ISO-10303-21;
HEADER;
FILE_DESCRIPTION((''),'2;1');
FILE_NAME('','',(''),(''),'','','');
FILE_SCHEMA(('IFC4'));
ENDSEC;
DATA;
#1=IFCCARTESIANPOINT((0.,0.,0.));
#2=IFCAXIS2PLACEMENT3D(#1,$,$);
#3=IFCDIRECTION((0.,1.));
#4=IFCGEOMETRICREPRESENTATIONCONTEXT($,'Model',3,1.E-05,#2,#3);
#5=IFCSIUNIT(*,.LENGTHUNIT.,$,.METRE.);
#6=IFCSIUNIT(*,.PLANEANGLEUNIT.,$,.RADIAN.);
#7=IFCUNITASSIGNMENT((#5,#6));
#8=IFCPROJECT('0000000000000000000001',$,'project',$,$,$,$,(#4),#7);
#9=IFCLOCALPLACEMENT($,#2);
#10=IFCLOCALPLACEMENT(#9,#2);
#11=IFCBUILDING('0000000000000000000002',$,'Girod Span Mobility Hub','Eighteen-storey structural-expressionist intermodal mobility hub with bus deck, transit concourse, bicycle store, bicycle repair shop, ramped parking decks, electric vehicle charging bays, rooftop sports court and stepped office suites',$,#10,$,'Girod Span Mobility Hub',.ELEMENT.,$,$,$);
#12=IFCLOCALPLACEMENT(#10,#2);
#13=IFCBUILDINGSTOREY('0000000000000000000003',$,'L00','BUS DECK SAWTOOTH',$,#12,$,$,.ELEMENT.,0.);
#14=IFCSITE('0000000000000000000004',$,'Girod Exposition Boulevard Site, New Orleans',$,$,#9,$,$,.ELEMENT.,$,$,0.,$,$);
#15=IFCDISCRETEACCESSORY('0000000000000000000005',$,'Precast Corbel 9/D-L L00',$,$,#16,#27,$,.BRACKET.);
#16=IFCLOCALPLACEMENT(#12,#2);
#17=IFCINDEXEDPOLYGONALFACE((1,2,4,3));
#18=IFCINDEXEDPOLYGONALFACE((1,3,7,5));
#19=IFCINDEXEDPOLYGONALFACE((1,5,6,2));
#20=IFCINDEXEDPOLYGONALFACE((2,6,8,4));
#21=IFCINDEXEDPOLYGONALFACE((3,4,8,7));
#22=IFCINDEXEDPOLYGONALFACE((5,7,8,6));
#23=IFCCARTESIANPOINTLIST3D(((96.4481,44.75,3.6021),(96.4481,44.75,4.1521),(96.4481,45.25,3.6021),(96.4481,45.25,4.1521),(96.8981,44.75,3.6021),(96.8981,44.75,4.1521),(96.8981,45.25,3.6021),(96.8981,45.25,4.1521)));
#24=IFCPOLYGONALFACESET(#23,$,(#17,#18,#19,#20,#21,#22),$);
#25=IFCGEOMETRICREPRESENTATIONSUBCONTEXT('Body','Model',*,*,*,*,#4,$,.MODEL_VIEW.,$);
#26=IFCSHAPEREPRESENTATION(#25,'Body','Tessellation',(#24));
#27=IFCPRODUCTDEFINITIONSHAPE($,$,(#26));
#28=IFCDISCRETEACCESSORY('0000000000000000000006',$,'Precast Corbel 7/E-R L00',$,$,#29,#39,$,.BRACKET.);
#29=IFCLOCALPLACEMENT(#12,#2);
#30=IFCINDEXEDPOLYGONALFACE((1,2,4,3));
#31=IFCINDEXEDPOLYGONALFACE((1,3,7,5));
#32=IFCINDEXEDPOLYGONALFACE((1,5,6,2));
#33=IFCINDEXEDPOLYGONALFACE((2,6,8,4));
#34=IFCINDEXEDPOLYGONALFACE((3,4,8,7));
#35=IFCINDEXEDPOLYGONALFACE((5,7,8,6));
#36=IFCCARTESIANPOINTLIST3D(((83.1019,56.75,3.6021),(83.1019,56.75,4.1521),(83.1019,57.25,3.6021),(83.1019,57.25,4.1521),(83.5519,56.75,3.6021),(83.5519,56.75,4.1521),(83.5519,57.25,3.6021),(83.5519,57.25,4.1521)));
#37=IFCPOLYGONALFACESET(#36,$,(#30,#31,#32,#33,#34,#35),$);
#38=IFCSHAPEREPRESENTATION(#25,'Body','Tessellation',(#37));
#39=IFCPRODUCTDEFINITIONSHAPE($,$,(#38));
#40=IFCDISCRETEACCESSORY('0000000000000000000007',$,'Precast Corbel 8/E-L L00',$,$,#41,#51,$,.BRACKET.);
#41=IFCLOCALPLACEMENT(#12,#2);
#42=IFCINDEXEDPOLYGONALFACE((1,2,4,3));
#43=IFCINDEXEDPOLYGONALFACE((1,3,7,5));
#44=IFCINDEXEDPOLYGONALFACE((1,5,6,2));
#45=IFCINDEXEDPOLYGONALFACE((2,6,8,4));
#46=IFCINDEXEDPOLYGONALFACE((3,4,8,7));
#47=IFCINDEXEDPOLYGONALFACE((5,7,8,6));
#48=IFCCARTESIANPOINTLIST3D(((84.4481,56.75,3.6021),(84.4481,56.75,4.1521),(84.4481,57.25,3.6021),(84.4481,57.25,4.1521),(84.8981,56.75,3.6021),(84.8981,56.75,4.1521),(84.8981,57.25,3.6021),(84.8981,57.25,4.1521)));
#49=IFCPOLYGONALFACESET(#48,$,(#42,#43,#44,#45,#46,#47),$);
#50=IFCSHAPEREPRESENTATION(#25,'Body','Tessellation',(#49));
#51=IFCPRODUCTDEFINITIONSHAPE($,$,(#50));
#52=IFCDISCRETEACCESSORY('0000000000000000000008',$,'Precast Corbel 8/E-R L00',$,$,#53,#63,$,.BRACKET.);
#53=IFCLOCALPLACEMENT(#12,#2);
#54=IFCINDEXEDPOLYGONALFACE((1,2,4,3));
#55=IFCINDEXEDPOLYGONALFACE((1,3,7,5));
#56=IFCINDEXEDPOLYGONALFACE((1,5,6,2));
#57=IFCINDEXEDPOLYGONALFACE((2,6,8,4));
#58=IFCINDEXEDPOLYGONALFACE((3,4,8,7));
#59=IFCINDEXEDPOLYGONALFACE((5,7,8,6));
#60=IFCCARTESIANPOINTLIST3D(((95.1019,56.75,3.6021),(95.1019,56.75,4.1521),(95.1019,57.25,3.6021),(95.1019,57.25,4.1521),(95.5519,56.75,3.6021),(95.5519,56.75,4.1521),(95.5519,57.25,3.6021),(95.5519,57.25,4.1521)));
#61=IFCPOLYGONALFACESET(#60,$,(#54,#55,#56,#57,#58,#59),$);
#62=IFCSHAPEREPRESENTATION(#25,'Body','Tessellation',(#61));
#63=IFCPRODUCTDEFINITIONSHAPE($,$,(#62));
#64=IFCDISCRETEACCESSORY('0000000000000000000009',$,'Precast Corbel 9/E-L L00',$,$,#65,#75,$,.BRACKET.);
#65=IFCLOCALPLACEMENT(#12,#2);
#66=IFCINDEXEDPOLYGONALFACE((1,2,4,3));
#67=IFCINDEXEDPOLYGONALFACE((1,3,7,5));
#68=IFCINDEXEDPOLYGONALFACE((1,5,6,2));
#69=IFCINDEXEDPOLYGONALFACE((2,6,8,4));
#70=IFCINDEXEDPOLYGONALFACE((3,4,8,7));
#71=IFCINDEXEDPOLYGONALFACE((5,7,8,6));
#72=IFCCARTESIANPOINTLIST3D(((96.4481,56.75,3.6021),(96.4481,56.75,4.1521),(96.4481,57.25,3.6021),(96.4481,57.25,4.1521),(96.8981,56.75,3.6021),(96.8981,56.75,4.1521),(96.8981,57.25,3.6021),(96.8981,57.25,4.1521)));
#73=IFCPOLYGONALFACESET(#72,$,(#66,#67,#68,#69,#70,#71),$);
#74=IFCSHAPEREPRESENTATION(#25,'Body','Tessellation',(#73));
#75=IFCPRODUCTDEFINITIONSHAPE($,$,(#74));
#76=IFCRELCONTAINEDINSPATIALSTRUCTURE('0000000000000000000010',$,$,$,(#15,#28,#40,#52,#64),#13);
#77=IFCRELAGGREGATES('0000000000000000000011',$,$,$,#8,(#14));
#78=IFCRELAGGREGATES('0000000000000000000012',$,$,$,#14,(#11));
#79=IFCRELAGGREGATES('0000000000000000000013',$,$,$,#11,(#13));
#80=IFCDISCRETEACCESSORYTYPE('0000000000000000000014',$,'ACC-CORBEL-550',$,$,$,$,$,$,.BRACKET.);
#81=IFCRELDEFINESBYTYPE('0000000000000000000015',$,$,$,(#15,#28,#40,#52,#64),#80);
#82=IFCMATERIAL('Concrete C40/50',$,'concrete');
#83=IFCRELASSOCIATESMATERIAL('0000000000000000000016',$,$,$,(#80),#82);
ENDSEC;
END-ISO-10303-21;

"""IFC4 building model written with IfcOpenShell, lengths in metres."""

from ifc_helpers import new_model, si_unit, direction, frame, origin, origin_2d, place, context, subcontext, project, spatial, rectangle, extrude, material, type_object, element, save


model = new_model("IFC4")

# Units and contexts
model_context = context("Model", 3, precision=1e-05, world=origin(), true_north=direction((0.0, 1.0)))
body_context = subcontext(model_context, "Body", "Model", "MODEL_VIEW")
ifc_project = project(units=[si_unit("LENGTHUNIT", "METRE"), si_unit("PLANEANGLEUNIT", "RADIAN")], contexts=[model_context])

# Site, building, storey
site_placement = place(None, origin())
site = spatial("IfcSite", under=ifc_project, at=site_placement, Name="Girod Exposition Boulevard Site, New Orleans", CompositionType="ELEMENT", RefElevation=0.0)
building_placement = place(site_placement, origin())
building = spatial("IfcBuilding", under=site, at=building_placement, Name="Girod Span Mobility Hub", Description="Eighteen-storey structural-expressionist intermodal mobility hub with bus deck, transit concourse, bicycle store, bicycle repair shop, ramped parking decks, electric vehicle charging bays, rooftop sports court and stepped office suites", LongName="Girod Span Mobility Hub", CompositionType="ELEMENT")
storey_placement = place(building_placement, origin())
storey = spatial("IfcBuildingStorey", under=building, at=storey_placement, Name="L00", Description="BUS DECK SAWTOOTH", CompositionType="ELEMENT", Elevation=0.0)

# Discrete accessories
ifc_material_1 = material(Name="Concrete C40/50", Category="concrete")
discrete_accessory_type = type_object("IfcDiscreteAccessoryType", Name="ACC-CORBEL-550", PredefinedType="BRACKET", material=ifc_material_1)
for number, where, z_axis, x_axis, name in (
    (1, (96.6731, 45.0, 3.6021), (0.0, 0.0, 1.0), (1.0, 0.0, 0.0), "Precast Corbel 9/D-L L00"),
    (2, (83.3269, 57.0, 3.6021), (0.0, 0.0, 1.0), (1.0, 0.0, 0.0), "Precast Corbel 7/E-R L00"),
    (3, (84.6731, 57.0, 3.6021), (0.0, 0.0, 1.0), (1.0, 0.0, 0.0), "Precast Corbel 8/E-L L00"),
    (4, (95.3269, 57.0, 3.6021), (0.0, 0.0, 1.0), (1.0, 0.0, 0.0), "Precast Corbel 8/E-R L00"),
    (5, (96.6731, 57.0, 3.6021), (0.0, 0.0, 1.0), (1.0, 0.0, 0.0), "Precast Corbel 9/E-L L00"),
):
    element("IfcDiscreteAccessory", number, at=place(storey_placement, frame(where, z_axis=z_axis, x_axis=x_axis)), inside=storey, type_object=discrete_accessory_type, Name=name, PredefinedType="BRACKET", context=body_context, shape_type="SweptSolid", body=[
        extrude(rectangle(XDim=0.45, YDim=0.5, at=origin_2d()), origin(), (0.0, 0.0, 1.0), 0.55),
    ])

save(model, "model.ifc")
